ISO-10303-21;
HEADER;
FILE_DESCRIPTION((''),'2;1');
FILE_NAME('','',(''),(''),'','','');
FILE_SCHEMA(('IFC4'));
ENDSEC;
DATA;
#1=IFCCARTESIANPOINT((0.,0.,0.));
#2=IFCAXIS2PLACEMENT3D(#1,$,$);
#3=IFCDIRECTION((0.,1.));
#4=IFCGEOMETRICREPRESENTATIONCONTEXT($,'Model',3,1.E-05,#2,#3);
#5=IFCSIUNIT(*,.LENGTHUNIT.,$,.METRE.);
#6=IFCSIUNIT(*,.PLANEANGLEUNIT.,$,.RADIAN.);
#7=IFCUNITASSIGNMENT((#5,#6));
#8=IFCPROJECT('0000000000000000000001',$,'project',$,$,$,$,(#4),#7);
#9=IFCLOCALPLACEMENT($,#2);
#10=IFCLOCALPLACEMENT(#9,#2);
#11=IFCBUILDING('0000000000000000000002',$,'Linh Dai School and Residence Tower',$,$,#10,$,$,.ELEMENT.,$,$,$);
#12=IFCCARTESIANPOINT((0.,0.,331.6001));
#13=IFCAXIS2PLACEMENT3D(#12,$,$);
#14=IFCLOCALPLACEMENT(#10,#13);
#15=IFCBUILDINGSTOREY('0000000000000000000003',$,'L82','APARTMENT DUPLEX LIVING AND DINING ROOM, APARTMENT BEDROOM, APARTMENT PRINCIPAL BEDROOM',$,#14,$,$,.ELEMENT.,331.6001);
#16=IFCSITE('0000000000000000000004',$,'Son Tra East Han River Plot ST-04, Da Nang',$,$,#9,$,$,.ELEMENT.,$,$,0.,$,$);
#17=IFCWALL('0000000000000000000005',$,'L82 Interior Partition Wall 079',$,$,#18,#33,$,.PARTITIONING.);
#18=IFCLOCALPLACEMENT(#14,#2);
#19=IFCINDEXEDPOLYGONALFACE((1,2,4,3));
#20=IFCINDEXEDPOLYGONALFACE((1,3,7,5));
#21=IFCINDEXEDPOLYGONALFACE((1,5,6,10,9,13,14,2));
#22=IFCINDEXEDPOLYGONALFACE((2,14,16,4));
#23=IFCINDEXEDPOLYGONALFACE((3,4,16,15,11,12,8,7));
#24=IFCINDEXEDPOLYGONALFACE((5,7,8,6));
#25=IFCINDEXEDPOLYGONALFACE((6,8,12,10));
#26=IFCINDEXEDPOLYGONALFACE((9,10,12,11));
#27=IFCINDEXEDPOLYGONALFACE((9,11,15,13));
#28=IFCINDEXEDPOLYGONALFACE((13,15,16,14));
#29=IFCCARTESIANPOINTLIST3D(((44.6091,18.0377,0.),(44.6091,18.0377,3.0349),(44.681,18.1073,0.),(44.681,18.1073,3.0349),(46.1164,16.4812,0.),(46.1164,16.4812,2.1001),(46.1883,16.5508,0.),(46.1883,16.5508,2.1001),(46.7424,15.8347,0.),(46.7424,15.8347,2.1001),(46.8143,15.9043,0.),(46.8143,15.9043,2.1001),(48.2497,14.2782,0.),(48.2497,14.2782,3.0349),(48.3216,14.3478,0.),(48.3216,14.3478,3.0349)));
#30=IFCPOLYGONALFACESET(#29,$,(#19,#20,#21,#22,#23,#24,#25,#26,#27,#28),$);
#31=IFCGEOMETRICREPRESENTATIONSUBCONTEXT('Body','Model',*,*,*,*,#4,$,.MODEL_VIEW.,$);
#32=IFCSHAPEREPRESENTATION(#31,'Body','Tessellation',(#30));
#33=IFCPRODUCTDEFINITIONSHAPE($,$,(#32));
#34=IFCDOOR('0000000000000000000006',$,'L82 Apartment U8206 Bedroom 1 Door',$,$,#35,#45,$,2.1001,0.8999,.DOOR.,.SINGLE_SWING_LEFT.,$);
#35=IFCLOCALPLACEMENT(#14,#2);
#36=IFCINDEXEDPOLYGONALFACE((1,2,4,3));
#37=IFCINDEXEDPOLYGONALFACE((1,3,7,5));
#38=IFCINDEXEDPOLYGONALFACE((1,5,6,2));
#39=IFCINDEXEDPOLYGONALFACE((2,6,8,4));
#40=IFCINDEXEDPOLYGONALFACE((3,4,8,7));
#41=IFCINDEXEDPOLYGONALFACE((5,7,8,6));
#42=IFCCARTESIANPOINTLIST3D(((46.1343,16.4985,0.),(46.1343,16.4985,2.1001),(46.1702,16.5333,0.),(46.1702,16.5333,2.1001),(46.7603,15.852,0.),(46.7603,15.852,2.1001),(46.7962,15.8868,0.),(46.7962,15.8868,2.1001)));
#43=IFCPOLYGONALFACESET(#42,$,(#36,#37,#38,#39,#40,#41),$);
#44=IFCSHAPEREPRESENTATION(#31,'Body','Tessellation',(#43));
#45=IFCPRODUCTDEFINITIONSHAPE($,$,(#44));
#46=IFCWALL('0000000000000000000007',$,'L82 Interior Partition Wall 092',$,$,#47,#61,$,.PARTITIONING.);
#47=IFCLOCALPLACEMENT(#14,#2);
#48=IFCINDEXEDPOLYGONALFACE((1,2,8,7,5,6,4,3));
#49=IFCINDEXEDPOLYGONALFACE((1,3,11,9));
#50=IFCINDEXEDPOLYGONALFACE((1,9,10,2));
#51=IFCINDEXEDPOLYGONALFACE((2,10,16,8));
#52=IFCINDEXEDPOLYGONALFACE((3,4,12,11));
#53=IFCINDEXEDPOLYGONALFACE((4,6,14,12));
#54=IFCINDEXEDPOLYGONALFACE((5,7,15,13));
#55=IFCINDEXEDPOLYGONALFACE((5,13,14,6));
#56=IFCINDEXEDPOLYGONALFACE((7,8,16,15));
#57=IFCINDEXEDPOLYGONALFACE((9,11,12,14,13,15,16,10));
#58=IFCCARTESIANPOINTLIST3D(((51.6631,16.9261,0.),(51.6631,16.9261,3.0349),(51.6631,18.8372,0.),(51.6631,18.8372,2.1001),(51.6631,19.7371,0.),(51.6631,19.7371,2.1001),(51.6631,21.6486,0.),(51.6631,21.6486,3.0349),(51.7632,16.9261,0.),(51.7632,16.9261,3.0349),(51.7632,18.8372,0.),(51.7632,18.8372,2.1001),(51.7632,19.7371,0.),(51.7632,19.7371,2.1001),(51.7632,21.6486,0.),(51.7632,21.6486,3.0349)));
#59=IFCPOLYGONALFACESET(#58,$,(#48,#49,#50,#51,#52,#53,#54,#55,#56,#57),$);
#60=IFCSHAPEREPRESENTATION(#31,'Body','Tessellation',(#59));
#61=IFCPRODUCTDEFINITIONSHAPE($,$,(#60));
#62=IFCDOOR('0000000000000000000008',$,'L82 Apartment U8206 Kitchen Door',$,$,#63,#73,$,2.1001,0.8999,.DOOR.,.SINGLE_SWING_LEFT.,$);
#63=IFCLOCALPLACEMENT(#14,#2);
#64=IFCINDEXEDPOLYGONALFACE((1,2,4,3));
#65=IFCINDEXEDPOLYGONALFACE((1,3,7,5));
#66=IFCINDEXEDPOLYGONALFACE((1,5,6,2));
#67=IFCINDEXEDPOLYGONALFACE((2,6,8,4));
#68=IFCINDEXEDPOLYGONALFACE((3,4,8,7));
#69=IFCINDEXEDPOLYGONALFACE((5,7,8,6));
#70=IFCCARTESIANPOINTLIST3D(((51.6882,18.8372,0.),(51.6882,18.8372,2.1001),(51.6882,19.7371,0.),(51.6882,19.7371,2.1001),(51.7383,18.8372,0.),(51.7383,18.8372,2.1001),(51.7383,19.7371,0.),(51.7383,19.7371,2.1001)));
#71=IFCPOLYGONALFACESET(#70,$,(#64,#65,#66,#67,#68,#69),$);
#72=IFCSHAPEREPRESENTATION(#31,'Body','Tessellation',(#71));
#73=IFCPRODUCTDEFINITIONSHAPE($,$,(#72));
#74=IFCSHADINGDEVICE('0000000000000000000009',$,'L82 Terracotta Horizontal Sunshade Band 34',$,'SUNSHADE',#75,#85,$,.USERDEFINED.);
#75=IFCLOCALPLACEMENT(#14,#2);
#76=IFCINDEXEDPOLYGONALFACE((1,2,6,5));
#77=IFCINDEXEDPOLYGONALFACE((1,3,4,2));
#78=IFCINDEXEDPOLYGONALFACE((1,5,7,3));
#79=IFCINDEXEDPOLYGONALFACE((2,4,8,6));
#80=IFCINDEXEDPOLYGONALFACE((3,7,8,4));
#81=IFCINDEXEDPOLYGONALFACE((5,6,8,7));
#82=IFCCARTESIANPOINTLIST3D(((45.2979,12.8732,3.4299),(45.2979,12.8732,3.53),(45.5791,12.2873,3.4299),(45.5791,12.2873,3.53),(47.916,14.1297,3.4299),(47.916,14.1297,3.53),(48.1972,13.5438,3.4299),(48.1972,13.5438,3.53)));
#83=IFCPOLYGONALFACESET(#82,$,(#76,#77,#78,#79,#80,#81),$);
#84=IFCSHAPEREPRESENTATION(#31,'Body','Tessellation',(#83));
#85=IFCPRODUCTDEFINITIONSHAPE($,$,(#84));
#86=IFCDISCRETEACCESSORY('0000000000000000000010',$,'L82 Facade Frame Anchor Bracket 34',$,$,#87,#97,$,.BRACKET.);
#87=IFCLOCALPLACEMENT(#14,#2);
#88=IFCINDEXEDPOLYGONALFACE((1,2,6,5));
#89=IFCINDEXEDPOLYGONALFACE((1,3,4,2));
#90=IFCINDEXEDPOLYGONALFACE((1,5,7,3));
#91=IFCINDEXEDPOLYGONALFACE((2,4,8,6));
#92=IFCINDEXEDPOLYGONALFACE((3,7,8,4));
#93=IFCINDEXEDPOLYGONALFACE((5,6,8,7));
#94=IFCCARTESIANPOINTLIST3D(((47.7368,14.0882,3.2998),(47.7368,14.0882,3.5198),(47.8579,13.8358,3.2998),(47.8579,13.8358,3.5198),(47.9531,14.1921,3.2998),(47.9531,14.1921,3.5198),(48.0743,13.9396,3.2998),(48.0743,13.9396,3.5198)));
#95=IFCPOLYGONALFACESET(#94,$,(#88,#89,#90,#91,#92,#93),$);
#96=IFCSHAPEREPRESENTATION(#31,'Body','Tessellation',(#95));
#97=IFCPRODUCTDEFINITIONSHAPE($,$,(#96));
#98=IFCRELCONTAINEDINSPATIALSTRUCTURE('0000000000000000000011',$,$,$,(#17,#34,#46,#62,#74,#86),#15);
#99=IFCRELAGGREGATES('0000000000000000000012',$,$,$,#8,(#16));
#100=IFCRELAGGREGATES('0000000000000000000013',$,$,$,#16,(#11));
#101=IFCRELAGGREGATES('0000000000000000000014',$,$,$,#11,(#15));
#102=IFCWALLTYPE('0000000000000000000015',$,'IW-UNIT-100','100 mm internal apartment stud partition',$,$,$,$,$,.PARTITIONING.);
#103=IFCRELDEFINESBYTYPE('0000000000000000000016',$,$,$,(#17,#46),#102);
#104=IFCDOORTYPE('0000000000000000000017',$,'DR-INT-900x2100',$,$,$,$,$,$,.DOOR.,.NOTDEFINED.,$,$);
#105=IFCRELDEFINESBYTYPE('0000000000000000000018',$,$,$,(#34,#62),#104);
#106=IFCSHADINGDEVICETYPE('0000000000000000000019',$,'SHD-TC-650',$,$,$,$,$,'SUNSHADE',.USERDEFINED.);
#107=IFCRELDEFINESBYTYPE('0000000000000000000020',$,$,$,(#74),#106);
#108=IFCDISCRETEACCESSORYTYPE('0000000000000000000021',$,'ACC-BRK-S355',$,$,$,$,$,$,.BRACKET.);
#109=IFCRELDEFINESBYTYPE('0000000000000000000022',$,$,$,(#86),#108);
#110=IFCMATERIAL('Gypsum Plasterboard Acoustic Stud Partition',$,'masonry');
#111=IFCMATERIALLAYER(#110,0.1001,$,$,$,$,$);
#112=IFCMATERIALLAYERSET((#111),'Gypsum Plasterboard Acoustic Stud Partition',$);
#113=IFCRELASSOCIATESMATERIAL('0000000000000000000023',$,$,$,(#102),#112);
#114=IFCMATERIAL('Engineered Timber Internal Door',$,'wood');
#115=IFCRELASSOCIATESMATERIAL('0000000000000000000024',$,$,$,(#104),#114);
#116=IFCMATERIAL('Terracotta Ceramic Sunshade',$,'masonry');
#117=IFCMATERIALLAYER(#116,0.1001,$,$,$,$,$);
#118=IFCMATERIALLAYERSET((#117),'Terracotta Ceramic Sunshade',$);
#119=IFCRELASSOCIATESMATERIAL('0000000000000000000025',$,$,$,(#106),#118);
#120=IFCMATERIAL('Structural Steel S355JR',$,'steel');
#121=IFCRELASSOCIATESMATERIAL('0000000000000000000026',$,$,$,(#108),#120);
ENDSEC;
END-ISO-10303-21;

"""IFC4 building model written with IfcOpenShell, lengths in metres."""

from ifc_helpers import new_model, si_unit, direction, frame, frame_2d, origin, origin_2d, place, context, subcontext, project, spatial, rectangle, extrude, source, transform, mapped, material, layer, layer_set, type_object, element, fill, save


model = new_model("IFC4")

# Units and contexts
model_context = context("Model", 3, precision=1e-05, world=origin(), true_north=direction((0.0, 1.0)))
body_context = subcontext(model_context, "Body", "Model", "MODEL_VIEW")
ifc_project = project(units=[si_unit("LENGTHUNIT", "METRE"), si_unit("PLANEANGLEUNIT", "RADIAN")], contexts=[model_context])

# Site, building, storey
site_placement = place(None, origin())
site = spatial("IfcSite", under=ifc_project, at=site_placement, Name="Son Tra East Han River Plot ST-04, Da Nang", CompositionType="ELEMENT", RefElevation=0.0)
building_placement = place(site_placement, origin())
building = spatial("IfcBuilding", under=site, at=building_placement, Name="Linh Dai School and Residence Tower", CompositionType="ELEMENT")
storey_placement = place(building_placement, frame((0.0, 0.0, 331.6001)))
storey = spatial("IfcBuildingStorey", under=building, at=storey_placement, Name="L82", Description="APARTMENT DUPLEX LIVING AND DINING ROOM, APARTMENT BEDROOM, APARTMENT PRINCIPAL BEDROOM", CompositionType="ELEMENT", Elevation=331.6001)

# Shared definitions
ifc_material_1 = material(Name="Structural Steel S355JR", Category="steel")

# Shared definitions
ifc_material_2 = material(Name="Gypsum Plasterboard Acoustic Stud Partition", Category="masonry")
ifc_layer_1 = layer(ifc_material_2, 0.1001)
ifc_layer_set_1 = layer_set([ifc_layer_1], Name="Gypsum Plasterboard Acoustic Stud Partition")
wall_type_1 = type_object("IfcWallType", Name="IW-UNIT-100", Description="100 mm internal apartment stud partition", PredefinedType="PARTITIONING", material=ifc_layer_set_1)

# Walls, openings, doors
wall_1_placement = place(storey_placement, frame((44.645, 18.0725, 0.0), z_axis=(0.0, 0.0, 1.0), x_axis=(0.695656, -0.718375, 0.0)))
wall_1 = element("IfcWall", 1, at=wall_1_placement, inside=storey, type_object=wall_type_1, Name="L82 Interior Partition Wall 079", PredefinedType="PARTITIONING", context=body_context, shape_type="SweptSolid", body=[
    extrude(rectangle(XDim=5.2334, YDim=0.1001, at=frame_2d((2.6167, 0.0))), origin(), (0.0, 0.0, 1.0), 3.0349),
])
opening_1_placement = place(wall_1_placement, frame((2.1667, 0.0, 0.0)))
opening_1 = element("IfcOpeningElement", 2, at=opening_1_placement, cuts=wall_1, PredefinedType="OPENING", context=body_context, shape_type="SweptSolid", body=[
    extrude(rectangle(XDim=0.8999, YDim=2.1001, at=origin_2d()), frame((0.45, 0.0601, 1.05), z_axis=(0.0, -1.0, 0.0), x_axis=(1.0, 0.0, 0.0)), (0.0, 0.0, 1.0), 0.1201),
])
ifc_material_3 = material(Name="Engineered Timber Internal Door", Category="wood")
door_type_1 = type_object("IfcDoorType", Name="DR-INT-900x2100", OperationType="NOTDEFINED", PredefinedType="DOOR", material=ifc_material_3)
shared_shape_1 = source(origin(), body_context, "Body", "SweptSolid", [
    extrude(rectangle(XDim=0.8999, YDim=2.1001, at=origin_2d()), frame((0.45, 0.0249, 1.05), z_axis=(0.0, -1.0, 0.0), x_axis=(1.0, 0.0, 0.0)), (0.0, 0.0, 1.0), 0.05),
])
door_1_placement = place(opening_1_placement, origin())
door_1 = element("IfcDoor", 3, at=door_1_placement, inside=storey, type_object=door_type_1, Name="L82 Apartment U8206 Bedroom 1 Door", OperationType="SINGLE_SWING_LEFT", OverallHeight=2.1001, OverallWidth=0.8999, PredefinedType="DOOR", context=body_context, shape_type="MappedRepresentation", body=[
    mapped(shared_shape_1, transform((0.0, 0.0, 0.0), x_axis=(1.0, 0.0, 0.0), y_axis=(0.0, 1.0, 0.0), z_axis=(0.0, 0.0, 1.0), scale=1.0)),
])
fill(opening_1, door_1)
wall_2_placement = place(storey_placement, frame((51.7131, 16.926, 0.0), z_axis=(0.0, 0.0, 1.0), x_axis=(0.0, 1.0, 0.0)))
wall_2 = element("IfcWall", 4, at=wall_2_placement, inside=storey, type_object=wall_type_1, Name="L82 Interior Partition Wall 092", PredefinedType="PARTITIONING", context=body_context, shape_type="SweptSolid", body=[
    extrude(rectangle(XDim=4.7224, YDim=0.1001, at=frame_2d((2.3613, 0.0))), origin(), (0.0, 0.0, 1.0), 3.0349),
])
opening_2_placement = place(wall_2_placement, frame((1.9111, 0.0, 0.0)))
opening_2 = element("IfcOpeningElement", 5, at=opening_2_placement, cuts=wall_2, PredefinedType="OPENING", context=body_context, shape_type="SweptSolid", body=[
    extrude(rectangle(XDim=0.8999, YDim=2.1001, at=origin_2d()), frame((0.45, 0.0601, 1.05), z_axis=(0.0, -1.0, 0.0), x_axis=(1.0, 0.0, 0.0)), (0.0, 0.0, 1.0), 0.1201),
])
door_2_placement = place(opening_2_placement, origin())
door_2 = element("IfcDoor", 6, at=door_2_placement, inside=storey, type_object=door_type_1, Name="L82 Apartment U8206 Kitchen Door", OperationType="SINGLE_SWING_LEFT", OverallHeight=2.1001, OverallWidth=0.8999, PredefinedType="DOOR", context=body_context, shape_type="MappedRepresentation", body=[
    mapped(shared_shape_1, transform((0.0, 0.0, 0.0), x_axis=(1.0, 0.0, 0.0), y_axis=(0.0, 1.0, 0.0), z_axis=(0.0, 0.0, 1.0), scale=1.0)),
])
fill(opening_2, door_2)

# Shading device
ifc_material_4 = material(Name="Terracotta Ceramic Sunshade", Category="masonry")
ifc_layer_2 = layer(ifc_material_4, 0.1001)
ifc_layer_set_2 = layer_set([ifc_layer_2], Name="Terracotta Ceramic Sunshade")
shading_device_type = type_object("IfcShadingDeviceType", Name="SHD-TC-650", ElementType="SUNSHADE", PredefinedType="USERDEFINED", material=ifc_layer_set_2)
shared_shape_2 = source(origin(), body_context, "Body", "SweptSolid", [
    extrude(rectangle(XDim=2.9041, YDim=0.6499, at=origin_2d()), origin(), (0.0, 0.0, 1.0), 0.1001),
])
shading_device_placement = place(storey_placement, frame((46.7476, 13.2085, 3.4299), z_axis=(0.0, 0.0, 1.0), x_axis=(-0.901551, -0.432674, 0.0)))
element("IfcShadingDevice", 7, at=shading_device_placement, inside=storey, type_object=shading_device_type, Name="L82 Terracotta Horizontal Sunshade Band 34", ObjectType="SUNSHADE", PredefinedType="USERDEFINED", context=body_context, shape_type="MappedRepresentation", body=[
    mapped(shared_shape_2, transform((0.0, 0.0, 0.0), x_axis=(1.0, 0.0, 0.0), y_axis=(0.0, 1.0, 0.0), z_axis=(0.0, 0.0, 1.0), scale=1.0)),
])

# Discrete accessory
discrete_accessory_type = type_object("IfcDiscreteAccessoryType", Name="ACC-BRK-S355", PredefinedType="BRACKET", material=ifc_material_1)
shared_shape_3 = source(origin(), body_context, "Body", "SweptSolid", [
    extrude(rectangle(XDim=0.28, YDim=0.24, at=origin_2d()), origin(), (0.0, 0.0, 1.0), 0.22),
])
discrete_accessory_placement = place(storey_placement, frame((47.9055, 14.0139, 3.2998), z_axis=(0.0, 0.0, 1.0), x_axis=(0.432674, -0.901551, 0.0)))
element("IfcDiscreteAccessory", 8, at=discrete_accessory_placement, inside=storey, type_object=discrete_accessory_type, Name="L82 Facade Frame Anchor Bracket 34", PredefinedType="BRACKET", context=body_context, shape_type="MappedRepresentation", body=[
    mapped(shared_shape_3, transform((0.0, 0.0, 0.0), x_axis=(1.0, 0.0, 0.0), y_axis=(0.0, 1.0, 0.0), z_axis=(0.0, 0.0, 1.0), scale=1.0)),
])

save(model, "model.ifc")
